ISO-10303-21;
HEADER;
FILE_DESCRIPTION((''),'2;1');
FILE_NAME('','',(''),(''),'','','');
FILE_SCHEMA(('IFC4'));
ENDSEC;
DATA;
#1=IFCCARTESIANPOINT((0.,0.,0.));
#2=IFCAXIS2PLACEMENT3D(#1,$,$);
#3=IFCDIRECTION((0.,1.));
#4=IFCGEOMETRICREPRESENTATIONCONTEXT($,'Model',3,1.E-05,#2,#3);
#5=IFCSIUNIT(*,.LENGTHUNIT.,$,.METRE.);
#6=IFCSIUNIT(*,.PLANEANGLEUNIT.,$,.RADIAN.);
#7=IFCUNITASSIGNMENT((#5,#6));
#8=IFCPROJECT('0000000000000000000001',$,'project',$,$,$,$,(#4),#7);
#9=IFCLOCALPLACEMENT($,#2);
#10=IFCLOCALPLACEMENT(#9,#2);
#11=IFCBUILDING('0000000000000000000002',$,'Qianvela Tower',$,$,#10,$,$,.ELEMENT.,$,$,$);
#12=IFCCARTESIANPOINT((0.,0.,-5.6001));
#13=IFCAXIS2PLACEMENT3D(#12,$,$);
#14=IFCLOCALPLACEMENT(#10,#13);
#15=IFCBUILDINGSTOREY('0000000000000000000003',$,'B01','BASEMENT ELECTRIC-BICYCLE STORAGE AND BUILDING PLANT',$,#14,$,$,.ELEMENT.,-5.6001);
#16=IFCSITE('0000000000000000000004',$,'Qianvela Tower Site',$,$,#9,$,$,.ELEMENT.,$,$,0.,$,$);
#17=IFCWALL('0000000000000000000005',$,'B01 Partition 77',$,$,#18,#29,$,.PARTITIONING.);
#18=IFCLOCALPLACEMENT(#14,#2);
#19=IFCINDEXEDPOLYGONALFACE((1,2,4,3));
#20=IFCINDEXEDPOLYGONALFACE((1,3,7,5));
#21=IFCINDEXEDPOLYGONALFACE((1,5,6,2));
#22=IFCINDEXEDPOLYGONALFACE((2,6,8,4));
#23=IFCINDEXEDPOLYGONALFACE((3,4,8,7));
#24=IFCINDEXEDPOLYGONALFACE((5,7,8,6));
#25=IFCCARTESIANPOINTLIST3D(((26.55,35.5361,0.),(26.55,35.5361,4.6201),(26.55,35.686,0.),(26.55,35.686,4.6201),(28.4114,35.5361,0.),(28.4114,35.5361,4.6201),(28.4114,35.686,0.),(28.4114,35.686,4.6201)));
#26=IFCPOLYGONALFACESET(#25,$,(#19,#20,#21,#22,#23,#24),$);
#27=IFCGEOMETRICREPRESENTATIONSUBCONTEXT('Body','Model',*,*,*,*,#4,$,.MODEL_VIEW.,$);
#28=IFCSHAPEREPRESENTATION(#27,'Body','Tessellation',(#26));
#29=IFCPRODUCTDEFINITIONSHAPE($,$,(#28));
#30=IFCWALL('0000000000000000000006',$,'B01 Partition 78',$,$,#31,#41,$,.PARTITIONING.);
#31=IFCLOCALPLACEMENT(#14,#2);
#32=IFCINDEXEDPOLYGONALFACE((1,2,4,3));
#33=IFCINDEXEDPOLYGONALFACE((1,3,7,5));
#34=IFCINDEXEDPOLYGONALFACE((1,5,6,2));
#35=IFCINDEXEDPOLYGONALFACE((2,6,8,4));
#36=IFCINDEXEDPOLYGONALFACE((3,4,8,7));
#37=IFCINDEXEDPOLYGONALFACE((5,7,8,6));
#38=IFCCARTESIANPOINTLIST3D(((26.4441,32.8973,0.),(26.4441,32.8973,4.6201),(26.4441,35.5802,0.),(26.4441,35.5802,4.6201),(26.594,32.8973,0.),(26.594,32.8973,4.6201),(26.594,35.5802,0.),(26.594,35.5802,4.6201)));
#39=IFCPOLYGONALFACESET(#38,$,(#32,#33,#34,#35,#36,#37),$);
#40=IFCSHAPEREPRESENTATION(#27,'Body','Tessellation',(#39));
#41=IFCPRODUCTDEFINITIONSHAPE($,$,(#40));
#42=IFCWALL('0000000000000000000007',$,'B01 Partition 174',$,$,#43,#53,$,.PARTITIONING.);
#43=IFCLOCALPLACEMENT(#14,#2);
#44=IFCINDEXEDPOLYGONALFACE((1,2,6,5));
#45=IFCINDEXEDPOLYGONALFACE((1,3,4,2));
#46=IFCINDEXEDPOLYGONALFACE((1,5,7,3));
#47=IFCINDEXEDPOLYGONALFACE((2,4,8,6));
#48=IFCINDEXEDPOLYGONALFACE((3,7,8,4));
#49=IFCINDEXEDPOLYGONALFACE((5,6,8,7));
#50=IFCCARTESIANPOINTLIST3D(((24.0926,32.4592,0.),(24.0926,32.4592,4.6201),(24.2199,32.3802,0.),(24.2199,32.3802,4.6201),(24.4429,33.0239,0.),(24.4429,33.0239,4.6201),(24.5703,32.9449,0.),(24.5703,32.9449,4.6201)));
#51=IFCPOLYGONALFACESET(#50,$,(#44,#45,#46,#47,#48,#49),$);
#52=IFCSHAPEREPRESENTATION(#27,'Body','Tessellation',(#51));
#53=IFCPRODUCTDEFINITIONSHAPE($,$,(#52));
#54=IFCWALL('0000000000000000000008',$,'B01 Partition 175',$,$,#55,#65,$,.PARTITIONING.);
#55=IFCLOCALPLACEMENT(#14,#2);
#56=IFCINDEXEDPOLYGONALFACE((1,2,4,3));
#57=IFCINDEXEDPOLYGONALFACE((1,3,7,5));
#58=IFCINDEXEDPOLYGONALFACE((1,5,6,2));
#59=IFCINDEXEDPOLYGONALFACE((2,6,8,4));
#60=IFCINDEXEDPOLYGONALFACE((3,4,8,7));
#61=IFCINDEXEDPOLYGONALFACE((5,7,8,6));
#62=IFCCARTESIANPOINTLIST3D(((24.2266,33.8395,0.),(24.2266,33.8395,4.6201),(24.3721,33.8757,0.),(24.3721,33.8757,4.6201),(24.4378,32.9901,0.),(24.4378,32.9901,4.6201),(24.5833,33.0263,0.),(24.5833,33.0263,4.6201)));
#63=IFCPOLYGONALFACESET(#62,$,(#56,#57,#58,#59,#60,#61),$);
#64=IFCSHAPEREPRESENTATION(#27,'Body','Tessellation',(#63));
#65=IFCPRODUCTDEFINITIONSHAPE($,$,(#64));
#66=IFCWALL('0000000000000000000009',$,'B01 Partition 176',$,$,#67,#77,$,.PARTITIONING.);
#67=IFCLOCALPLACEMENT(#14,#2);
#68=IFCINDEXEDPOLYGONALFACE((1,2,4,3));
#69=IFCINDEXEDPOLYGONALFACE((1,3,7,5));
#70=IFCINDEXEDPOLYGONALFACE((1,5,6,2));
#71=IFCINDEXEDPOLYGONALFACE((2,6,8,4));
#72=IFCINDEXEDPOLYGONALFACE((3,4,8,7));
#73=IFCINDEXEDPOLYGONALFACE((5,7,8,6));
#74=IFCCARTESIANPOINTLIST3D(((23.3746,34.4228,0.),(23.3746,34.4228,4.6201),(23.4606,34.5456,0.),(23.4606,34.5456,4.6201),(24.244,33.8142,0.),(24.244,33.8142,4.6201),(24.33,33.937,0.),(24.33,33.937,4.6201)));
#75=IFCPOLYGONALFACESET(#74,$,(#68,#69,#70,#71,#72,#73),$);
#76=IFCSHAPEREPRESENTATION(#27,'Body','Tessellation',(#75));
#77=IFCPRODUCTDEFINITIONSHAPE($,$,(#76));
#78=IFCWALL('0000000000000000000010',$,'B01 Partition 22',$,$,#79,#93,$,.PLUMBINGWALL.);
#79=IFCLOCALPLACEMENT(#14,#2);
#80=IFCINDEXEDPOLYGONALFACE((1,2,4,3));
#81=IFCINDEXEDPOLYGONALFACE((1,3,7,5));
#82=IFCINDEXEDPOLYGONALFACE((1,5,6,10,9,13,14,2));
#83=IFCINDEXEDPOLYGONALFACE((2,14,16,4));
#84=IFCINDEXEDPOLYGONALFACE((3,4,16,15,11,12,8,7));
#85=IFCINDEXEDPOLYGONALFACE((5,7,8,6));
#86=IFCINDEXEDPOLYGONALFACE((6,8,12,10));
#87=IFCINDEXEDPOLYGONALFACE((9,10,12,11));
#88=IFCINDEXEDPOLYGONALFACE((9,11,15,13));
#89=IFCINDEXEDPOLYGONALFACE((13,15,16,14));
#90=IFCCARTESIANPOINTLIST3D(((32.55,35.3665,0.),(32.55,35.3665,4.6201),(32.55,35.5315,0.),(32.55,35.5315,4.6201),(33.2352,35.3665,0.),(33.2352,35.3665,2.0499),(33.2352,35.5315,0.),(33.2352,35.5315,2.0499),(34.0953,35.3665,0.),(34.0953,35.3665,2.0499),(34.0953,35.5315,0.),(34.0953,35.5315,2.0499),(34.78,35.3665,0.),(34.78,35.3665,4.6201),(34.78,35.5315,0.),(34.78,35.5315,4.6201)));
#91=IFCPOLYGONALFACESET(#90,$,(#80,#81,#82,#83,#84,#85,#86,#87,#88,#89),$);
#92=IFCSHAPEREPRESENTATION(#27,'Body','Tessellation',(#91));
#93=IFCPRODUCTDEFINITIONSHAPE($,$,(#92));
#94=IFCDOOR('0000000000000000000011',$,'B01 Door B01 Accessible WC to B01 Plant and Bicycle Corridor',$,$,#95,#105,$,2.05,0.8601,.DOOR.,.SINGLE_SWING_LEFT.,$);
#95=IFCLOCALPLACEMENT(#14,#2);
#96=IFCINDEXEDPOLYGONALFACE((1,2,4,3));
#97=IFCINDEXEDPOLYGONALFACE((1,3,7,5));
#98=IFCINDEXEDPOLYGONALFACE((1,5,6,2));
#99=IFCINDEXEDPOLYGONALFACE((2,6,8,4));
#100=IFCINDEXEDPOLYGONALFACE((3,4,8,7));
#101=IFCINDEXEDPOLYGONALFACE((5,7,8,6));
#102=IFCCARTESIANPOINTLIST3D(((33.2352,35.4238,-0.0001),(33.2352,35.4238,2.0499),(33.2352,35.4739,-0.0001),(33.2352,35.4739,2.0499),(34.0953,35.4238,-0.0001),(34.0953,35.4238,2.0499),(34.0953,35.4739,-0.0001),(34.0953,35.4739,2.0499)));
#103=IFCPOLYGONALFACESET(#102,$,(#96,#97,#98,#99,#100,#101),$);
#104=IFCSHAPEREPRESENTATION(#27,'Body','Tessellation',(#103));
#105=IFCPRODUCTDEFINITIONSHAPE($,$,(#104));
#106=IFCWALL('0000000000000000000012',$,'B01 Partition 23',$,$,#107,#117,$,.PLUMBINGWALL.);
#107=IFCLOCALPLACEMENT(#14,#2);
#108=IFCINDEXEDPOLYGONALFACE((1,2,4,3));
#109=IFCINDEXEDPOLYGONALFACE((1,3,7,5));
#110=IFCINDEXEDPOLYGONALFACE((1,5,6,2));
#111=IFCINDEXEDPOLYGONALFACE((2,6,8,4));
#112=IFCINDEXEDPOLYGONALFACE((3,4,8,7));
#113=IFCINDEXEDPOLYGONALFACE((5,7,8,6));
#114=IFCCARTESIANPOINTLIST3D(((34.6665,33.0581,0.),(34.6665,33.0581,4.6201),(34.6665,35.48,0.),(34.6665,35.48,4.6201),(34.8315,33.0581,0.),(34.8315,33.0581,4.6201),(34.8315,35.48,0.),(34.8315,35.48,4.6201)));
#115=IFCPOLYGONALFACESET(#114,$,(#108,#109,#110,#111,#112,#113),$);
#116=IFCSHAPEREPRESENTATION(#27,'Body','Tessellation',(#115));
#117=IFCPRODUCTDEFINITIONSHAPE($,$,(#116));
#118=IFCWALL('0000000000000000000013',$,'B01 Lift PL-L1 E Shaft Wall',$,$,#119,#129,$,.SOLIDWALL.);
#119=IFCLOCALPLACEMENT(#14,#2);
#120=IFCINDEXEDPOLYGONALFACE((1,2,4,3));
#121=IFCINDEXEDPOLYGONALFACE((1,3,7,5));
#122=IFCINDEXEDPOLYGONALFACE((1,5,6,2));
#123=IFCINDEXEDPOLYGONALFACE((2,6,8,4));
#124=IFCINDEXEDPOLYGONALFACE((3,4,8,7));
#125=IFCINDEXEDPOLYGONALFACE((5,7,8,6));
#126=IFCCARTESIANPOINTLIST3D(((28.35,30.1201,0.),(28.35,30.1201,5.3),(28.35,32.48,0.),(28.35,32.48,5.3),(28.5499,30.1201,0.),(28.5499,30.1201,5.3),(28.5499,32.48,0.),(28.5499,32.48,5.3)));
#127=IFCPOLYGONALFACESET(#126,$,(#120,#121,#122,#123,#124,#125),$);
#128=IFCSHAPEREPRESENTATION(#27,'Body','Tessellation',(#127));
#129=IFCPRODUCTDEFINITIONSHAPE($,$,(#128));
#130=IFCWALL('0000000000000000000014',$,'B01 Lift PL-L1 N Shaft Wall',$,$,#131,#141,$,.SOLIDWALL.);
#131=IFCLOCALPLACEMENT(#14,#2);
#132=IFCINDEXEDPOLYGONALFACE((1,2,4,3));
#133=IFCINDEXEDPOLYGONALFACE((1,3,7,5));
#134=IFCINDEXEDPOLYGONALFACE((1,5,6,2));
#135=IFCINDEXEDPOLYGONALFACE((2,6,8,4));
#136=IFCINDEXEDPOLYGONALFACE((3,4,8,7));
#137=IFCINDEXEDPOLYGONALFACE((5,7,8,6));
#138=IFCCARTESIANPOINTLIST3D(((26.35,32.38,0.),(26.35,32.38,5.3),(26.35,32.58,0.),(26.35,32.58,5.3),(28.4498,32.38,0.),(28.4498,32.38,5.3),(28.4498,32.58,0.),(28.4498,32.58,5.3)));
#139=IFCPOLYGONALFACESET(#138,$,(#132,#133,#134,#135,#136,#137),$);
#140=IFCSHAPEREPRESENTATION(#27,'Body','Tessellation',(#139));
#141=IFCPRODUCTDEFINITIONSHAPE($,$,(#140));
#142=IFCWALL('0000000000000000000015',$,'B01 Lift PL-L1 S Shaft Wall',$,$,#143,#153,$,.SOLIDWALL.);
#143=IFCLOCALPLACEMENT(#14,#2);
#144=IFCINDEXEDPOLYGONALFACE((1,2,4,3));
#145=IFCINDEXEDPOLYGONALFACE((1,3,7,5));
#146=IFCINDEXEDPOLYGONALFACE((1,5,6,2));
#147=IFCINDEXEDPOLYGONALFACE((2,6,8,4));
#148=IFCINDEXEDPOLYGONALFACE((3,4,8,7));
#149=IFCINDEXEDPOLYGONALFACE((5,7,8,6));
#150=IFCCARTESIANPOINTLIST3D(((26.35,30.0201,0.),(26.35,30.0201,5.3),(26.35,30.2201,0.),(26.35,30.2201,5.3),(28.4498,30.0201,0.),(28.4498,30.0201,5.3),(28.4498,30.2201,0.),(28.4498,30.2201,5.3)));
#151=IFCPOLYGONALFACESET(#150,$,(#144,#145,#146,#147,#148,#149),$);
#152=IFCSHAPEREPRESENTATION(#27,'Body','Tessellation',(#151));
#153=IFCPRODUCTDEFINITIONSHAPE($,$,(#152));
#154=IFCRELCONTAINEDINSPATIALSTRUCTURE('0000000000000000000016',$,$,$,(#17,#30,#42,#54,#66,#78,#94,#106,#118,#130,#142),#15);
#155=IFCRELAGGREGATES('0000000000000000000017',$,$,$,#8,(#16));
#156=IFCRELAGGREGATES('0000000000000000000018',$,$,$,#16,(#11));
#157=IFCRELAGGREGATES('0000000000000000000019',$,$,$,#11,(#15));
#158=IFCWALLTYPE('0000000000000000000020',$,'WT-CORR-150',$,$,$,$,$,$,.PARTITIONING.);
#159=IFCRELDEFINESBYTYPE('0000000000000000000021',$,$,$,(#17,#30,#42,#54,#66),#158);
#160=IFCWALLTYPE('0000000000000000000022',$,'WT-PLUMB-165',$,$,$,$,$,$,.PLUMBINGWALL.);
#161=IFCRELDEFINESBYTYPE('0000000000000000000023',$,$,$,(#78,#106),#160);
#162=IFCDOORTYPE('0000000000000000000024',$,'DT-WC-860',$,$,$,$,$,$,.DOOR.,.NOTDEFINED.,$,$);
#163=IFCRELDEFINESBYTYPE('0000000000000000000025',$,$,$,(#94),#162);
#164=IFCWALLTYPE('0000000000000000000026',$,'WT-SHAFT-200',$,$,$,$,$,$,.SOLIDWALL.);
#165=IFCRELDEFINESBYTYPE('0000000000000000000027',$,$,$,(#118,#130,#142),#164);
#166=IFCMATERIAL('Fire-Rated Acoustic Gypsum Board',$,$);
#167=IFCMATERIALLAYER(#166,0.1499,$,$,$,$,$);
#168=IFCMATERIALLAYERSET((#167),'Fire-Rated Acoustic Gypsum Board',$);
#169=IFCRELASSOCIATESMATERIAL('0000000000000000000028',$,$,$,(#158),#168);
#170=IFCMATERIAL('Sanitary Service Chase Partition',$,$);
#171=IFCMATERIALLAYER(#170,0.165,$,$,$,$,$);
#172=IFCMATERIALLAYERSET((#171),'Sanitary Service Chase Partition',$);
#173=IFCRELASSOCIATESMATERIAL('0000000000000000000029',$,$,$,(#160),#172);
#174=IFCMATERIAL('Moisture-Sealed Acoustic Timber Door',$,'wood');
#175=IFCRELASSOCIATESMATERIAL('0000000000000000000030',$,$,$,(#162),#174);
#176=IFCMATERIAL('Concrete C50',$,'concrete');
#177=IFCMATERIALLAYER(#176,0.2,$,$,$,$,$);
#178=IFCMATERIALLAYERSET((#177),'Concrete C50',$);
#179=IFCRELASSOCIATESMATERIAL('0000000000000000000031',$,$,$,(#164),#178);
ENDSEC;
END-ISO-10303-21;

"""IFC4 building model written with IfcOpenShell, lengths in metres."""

from ifc_helpers import new_model, si_unit, direction, frame, frame_2d, origin, place, context, subcontext, project, spatial, rectangle, extrude, material, layer, layer_set, type_object, element, fill, save


model = new_model("IFC4")

# Units and contexts
model_context = context("Model", 3, precision=1e-05, world=origin(), true_north=direction((0.0, 1.0)))
body_context = subcontext(model_context, "Body", "Model", "MODEL_VIEW")
ifc_project = project(units=[si_unit("LENGTHUNIT", "METRE"), si_unit("PLANEANGLEUNIT", "RADIAN")], contexts=[model_context])

# Site, building, storey
site_placement = place(None, origin())
site = spatial("IfcSite", under=ifc_project, at=site_placement, Name="Qianvela Tower Site", CompositionType="ELEMENT", RefElevation=0.0)
building_placement = place(site_placement, origin())
building = spatial("IfcBuilding", under=site, at=building_placement, Name="Qianvela Tower", CompositionType="ELEMENT")
storey_placement = place(building_placement, frame((0.0, 0.0, -5.6001)))
storey = spatial("IfcBuildingStorey", under=building, at=storey_placement, Name="B01", Description="BASEMENT ELECTRIC-BICYCLE STORAGE AND BUILDING PLANT", CompositionType="ELEMENT", Elevation=-5.6001)

# Shared definitions
ifc_material_1 = material(Name="Fire-Rated Acoustic Gypsum Board")
ifc_layer_1 = layer(ifc_material_1, 0.1499)
ifc_layer_set_1 = layer_set([ifc_layer_1], Name="Fire-Rated Acoustic Gypsum Board")
wall_type_1 = type_object("IfcWallType", Name="WT-CORR-150", PredefinedType="PARTITIONING", material=ifc_layer_set_1)

# Walls
wall_1_placement = place(storey_placement, frame((28.4114, 35.6111, 0.0), z_axis=(0.0, 0.0, 1.0), x_axis=(-1.0, 0.0, 0.0)))
element("IfcWall", 1, at=wall_1_placement, inside=storey, type_object=wall_type_1, Name="B01 Partition 77", PredefinedType="PARTITIONING", context=body_context, shape_type="SweptSolid", body=[
    extrude(rectangle(XDim=1.8613, YDim=0.1499, at=frame_2d((0.9307, 0.0))), origin(), (0.0, 0.0, 1.0), 4.6201),
])
wall_2_placement = place(storey_placement, frame((26.519, 35.5801, 0.0), z_axis=(0.0, 0.0, 1.0), x_axis=(0.0, -1.0, 0.0)))
element("IfcWall", 2, at=wall_2_placement, inside=storey, type_object=wall_type_1, Name="B01 Partition 78", PredefinedType="PARTITIONING", context=body_context, shape_type="SweptSolid", body=[
    extrude(rectangle(XDim=2.6829, YDim=0.1499, at=frame_2d((1.3413, 0.0))), origin(), (0.0, 0.0, 1.0), 4.6201),
])
wall_3_placement = place(storey_placement, frame((24.1562, 32.4197, 0.0), z_axis=(0.0, 0.0, 1.0), x_axis=(0.527189, 0.849748, 0.0)))
element("IfcWall", 3, at=wall_3_placement, inside=storey, type_object=wall_type_1, Name="B01 Partition 174", PredefinedType="PARTITIONING", context=body_context, shape_type="SweptSolid", body=[
    extrude(rectangle(XDim=0.6646, YDim=0.1499, at=frame_2d((0.3323, 0.0))), origin(), (0.0, 0.0, 1.0), 4.6201),
])
wall_4_placement = place(storey_placement, frame((24.5105, 33.0083, 0.0), z_axis=(0.0, 0.0, 1.0), x_axis=(-0.241288, 0.970453, 0.0)))
element("IfcWall", 4, at=wall_4_placement, inside=storey, type_object=wall_type_1, Name="B01 Partition 175", PredefinedType="PARTITIONING", context=body_context, shape_type="SweptSolid", body=[
    extrude(rectangle(XDim=0.8752, YDim=0.1499, at=frame_2d((0.4375, 0.0))), origin(), (0.0, 0.0, 1.0), 4.6201),
])
wall_5_placement = place(storey_placement, frame((24.2871, 33.8755, 0.0), z_axis=(0.0, 0.0, 1.0), x_axis=(-0.819199, 0.573509, 0.0)))
element("IfcWall", 5, at=wall_5_placement, inside=storey, type_object=wall_type_1, Name="B01 Partition 176", PredefinedType="PARTITIONING", context=body_context, shape_type="SweptSolid", body=[
    extrude(rectangle(XDim=1.0613, YDim=0.1499, at=frame_2d((0.5308, 0.0))), origin(), (0.0, 0.0, 1.0), 4.6201),
])

# Wall, opening, door
ifc_material_2 = material(Name="Sanitary Service Chase Partition")
ifc_layer_2 = layer(ifc_material_2, 0.165)
ifc_layer_set_2 = layer_set([ifc_layer_2], Name="Sanitary Service Chase Partition")
wall_type_2 = type_object("IfcWallType", Name="WT-PLUMB-165", PredefinedType="PLUMBINGWALL", material=ifc_layer_set_2)
wall_6_placement = place(storey_placement, frame((32.55, 35.449, 0.0), z_axis=(0.0, 0.0, 1.0), x_axis=(1.0, 0.0, 0.0)))
wall_6 = element("IfcWall", 6, at=wall_6_placement, inside=storey, type_object=wall_type_2, Name="B01 Partition 22", PredefinedType="PLUMBINGWALL", context=body_context, shape_type="SweptSolid", body=[
    extrude(rectangle(XDim=2.23, YDim=0.165, at=frame_2d((1.115, 0.0))), origin(), (0.0, 0.0, 1.0), 4.6201),
])
opening_1_placement = place(wall_6_placement, frame((0.6851, 0.0, 0.0)))
opening_1 = element("IfcOpeningElement", 7, at=opening_1_placement, cuts=wall_6, PredefinedType="OPENING", context=body_context, shape_type="SweptSolid", body=[
    extrude(rectangle(XDim=0.8601, YDim=2.05, at=frame_2d((0.4302, 1.0249))), frame((0.0, 0.0925, 0.0), z_axis=(0.0, -1.0, 0.0), x_axis=(1.0, 0.0, 0.0)), (0.0, 0.0, 1.0), 0.1851),
])
ifc_material_3 = material(Name="Moisture-Sealed Acoustic Timber Door", Category="wood")
door_type_1 = type_object("IfcDoorType", Name="DT-WC-860", OperationType="NOTDEFINED", PredefinedType="DOOR", material=ifc_material_3)
door_1_placement = place(opening_1_placement, origin())
door_1 = element("IfcDoor", 8, at=door_1_placement, inside=storey, type_object=door_type_1, Name="B01 Door B01 Accessible WC to B01 Plant and Bicycle Corridor", OperationType="SINGLE_SWING_LEFT", OverallHeight=2.05, OverallWidth=0.8601, PredefinedType="DOOR", context=body_context, shape_type="SweptSolid", body=[
    extrude(rectangle(XDim=0.8601, YDim=2.05, at=frame_2d((0.4302, 1.0249))), frame((0.0, 0.0249, 0.0), z_axis=(0.0, -1.0, 0.0), x_axis=(1.0, 0.0, 0.0)), (0.0, 0.0, 1.0), 0.05),
])
fill(opening_1, door_1)

# Walls
wall_7_placement = place(storey_placement, frame((34.749, 35.48, 0.0), z_axis=(0.0, 0.0, 1.0), x_axis=(0.0, -1.0, 0.0)))
element("IfcWall", 9, at=wall_7_placement, inside=storey, type_object=wall_type_2, Name="B01 Partition 23", PredefinedType="PLUMBINGWALL", context=body_context, shape_type="SweptSolid", body=[
    extrude(rectangle(XDim=2.4219, YDim=0.165, at=frame_2d((1.2109, 0.0))), origin(), (0.0, 0.0, 1.0), 4.6201),
])
ifc_material_4 = material(Name="Concrete C50", Category="concrete")
ifc_layer_3 = layer(ifc_material_4, 0.2)
ifc_layer_set_3 = layer_set([ifc_layer_3], Name="Concrete C50")
wall_type_3 = type_object("IfcWallType", Name="WT-SHAFT-200", PredefinedType="SOLIDWALL", material=ifc_layer_set_3)
wall_8_placement = place(storey_placement, frame((28.45, 30.1201, 0.0), z_axis=(0.0, 0.0, 1.0), x_axis=(0.0, 1.0, 0.0)))
element("IfcWall", 10, at=wall_8_placement, inside=storey, type_object=wall_type_3, Name="B01 Lift PL-L1 E Shaft Wall", PredefinedType="SOLIDWALL", context=body_context, shape_type="SweptSolid", body=[
    extrude(rectangle(XDim=2.3599, YDim=0.2, at=frame_2d((1.1799, 0.0))), origin(), (0.0, 0.0, 1.0), 5.3),
])

# Walls
for number, where, z_axis, x_axis, name in (
    (11, (26.3501, 32.48, 0.0), (0.0, 0.0, 1.0), (1.0, 0.0, 0.0), "B01 Lift PL-L1 N Shaft Wall"),
    (12, (26.3501, 30.1201, 0.0), (0.0, 0.0, 1.0), (1.0, 0.0, 0.0), "B01 Lift PL-L1 S Shaft Wall"),
):
    element("IfcWall", number, at=place(storey_placement, frame(where, z_axis=z_axis, x_axis=x_axis)), inside=storey, type_object=wall_type_3, Name=name, PredefinedType="SOLIDWALL", context=body_context, shape_type="SweptSolid", body=[
        extrude(rectangle(XDim=2.0999, YDim=0.2, at=frame_2d((1.0498, 0.0))), origin(), (0.0, 0.0, 1.0), 5.3),
    ])

save(model, "model.ifc")
